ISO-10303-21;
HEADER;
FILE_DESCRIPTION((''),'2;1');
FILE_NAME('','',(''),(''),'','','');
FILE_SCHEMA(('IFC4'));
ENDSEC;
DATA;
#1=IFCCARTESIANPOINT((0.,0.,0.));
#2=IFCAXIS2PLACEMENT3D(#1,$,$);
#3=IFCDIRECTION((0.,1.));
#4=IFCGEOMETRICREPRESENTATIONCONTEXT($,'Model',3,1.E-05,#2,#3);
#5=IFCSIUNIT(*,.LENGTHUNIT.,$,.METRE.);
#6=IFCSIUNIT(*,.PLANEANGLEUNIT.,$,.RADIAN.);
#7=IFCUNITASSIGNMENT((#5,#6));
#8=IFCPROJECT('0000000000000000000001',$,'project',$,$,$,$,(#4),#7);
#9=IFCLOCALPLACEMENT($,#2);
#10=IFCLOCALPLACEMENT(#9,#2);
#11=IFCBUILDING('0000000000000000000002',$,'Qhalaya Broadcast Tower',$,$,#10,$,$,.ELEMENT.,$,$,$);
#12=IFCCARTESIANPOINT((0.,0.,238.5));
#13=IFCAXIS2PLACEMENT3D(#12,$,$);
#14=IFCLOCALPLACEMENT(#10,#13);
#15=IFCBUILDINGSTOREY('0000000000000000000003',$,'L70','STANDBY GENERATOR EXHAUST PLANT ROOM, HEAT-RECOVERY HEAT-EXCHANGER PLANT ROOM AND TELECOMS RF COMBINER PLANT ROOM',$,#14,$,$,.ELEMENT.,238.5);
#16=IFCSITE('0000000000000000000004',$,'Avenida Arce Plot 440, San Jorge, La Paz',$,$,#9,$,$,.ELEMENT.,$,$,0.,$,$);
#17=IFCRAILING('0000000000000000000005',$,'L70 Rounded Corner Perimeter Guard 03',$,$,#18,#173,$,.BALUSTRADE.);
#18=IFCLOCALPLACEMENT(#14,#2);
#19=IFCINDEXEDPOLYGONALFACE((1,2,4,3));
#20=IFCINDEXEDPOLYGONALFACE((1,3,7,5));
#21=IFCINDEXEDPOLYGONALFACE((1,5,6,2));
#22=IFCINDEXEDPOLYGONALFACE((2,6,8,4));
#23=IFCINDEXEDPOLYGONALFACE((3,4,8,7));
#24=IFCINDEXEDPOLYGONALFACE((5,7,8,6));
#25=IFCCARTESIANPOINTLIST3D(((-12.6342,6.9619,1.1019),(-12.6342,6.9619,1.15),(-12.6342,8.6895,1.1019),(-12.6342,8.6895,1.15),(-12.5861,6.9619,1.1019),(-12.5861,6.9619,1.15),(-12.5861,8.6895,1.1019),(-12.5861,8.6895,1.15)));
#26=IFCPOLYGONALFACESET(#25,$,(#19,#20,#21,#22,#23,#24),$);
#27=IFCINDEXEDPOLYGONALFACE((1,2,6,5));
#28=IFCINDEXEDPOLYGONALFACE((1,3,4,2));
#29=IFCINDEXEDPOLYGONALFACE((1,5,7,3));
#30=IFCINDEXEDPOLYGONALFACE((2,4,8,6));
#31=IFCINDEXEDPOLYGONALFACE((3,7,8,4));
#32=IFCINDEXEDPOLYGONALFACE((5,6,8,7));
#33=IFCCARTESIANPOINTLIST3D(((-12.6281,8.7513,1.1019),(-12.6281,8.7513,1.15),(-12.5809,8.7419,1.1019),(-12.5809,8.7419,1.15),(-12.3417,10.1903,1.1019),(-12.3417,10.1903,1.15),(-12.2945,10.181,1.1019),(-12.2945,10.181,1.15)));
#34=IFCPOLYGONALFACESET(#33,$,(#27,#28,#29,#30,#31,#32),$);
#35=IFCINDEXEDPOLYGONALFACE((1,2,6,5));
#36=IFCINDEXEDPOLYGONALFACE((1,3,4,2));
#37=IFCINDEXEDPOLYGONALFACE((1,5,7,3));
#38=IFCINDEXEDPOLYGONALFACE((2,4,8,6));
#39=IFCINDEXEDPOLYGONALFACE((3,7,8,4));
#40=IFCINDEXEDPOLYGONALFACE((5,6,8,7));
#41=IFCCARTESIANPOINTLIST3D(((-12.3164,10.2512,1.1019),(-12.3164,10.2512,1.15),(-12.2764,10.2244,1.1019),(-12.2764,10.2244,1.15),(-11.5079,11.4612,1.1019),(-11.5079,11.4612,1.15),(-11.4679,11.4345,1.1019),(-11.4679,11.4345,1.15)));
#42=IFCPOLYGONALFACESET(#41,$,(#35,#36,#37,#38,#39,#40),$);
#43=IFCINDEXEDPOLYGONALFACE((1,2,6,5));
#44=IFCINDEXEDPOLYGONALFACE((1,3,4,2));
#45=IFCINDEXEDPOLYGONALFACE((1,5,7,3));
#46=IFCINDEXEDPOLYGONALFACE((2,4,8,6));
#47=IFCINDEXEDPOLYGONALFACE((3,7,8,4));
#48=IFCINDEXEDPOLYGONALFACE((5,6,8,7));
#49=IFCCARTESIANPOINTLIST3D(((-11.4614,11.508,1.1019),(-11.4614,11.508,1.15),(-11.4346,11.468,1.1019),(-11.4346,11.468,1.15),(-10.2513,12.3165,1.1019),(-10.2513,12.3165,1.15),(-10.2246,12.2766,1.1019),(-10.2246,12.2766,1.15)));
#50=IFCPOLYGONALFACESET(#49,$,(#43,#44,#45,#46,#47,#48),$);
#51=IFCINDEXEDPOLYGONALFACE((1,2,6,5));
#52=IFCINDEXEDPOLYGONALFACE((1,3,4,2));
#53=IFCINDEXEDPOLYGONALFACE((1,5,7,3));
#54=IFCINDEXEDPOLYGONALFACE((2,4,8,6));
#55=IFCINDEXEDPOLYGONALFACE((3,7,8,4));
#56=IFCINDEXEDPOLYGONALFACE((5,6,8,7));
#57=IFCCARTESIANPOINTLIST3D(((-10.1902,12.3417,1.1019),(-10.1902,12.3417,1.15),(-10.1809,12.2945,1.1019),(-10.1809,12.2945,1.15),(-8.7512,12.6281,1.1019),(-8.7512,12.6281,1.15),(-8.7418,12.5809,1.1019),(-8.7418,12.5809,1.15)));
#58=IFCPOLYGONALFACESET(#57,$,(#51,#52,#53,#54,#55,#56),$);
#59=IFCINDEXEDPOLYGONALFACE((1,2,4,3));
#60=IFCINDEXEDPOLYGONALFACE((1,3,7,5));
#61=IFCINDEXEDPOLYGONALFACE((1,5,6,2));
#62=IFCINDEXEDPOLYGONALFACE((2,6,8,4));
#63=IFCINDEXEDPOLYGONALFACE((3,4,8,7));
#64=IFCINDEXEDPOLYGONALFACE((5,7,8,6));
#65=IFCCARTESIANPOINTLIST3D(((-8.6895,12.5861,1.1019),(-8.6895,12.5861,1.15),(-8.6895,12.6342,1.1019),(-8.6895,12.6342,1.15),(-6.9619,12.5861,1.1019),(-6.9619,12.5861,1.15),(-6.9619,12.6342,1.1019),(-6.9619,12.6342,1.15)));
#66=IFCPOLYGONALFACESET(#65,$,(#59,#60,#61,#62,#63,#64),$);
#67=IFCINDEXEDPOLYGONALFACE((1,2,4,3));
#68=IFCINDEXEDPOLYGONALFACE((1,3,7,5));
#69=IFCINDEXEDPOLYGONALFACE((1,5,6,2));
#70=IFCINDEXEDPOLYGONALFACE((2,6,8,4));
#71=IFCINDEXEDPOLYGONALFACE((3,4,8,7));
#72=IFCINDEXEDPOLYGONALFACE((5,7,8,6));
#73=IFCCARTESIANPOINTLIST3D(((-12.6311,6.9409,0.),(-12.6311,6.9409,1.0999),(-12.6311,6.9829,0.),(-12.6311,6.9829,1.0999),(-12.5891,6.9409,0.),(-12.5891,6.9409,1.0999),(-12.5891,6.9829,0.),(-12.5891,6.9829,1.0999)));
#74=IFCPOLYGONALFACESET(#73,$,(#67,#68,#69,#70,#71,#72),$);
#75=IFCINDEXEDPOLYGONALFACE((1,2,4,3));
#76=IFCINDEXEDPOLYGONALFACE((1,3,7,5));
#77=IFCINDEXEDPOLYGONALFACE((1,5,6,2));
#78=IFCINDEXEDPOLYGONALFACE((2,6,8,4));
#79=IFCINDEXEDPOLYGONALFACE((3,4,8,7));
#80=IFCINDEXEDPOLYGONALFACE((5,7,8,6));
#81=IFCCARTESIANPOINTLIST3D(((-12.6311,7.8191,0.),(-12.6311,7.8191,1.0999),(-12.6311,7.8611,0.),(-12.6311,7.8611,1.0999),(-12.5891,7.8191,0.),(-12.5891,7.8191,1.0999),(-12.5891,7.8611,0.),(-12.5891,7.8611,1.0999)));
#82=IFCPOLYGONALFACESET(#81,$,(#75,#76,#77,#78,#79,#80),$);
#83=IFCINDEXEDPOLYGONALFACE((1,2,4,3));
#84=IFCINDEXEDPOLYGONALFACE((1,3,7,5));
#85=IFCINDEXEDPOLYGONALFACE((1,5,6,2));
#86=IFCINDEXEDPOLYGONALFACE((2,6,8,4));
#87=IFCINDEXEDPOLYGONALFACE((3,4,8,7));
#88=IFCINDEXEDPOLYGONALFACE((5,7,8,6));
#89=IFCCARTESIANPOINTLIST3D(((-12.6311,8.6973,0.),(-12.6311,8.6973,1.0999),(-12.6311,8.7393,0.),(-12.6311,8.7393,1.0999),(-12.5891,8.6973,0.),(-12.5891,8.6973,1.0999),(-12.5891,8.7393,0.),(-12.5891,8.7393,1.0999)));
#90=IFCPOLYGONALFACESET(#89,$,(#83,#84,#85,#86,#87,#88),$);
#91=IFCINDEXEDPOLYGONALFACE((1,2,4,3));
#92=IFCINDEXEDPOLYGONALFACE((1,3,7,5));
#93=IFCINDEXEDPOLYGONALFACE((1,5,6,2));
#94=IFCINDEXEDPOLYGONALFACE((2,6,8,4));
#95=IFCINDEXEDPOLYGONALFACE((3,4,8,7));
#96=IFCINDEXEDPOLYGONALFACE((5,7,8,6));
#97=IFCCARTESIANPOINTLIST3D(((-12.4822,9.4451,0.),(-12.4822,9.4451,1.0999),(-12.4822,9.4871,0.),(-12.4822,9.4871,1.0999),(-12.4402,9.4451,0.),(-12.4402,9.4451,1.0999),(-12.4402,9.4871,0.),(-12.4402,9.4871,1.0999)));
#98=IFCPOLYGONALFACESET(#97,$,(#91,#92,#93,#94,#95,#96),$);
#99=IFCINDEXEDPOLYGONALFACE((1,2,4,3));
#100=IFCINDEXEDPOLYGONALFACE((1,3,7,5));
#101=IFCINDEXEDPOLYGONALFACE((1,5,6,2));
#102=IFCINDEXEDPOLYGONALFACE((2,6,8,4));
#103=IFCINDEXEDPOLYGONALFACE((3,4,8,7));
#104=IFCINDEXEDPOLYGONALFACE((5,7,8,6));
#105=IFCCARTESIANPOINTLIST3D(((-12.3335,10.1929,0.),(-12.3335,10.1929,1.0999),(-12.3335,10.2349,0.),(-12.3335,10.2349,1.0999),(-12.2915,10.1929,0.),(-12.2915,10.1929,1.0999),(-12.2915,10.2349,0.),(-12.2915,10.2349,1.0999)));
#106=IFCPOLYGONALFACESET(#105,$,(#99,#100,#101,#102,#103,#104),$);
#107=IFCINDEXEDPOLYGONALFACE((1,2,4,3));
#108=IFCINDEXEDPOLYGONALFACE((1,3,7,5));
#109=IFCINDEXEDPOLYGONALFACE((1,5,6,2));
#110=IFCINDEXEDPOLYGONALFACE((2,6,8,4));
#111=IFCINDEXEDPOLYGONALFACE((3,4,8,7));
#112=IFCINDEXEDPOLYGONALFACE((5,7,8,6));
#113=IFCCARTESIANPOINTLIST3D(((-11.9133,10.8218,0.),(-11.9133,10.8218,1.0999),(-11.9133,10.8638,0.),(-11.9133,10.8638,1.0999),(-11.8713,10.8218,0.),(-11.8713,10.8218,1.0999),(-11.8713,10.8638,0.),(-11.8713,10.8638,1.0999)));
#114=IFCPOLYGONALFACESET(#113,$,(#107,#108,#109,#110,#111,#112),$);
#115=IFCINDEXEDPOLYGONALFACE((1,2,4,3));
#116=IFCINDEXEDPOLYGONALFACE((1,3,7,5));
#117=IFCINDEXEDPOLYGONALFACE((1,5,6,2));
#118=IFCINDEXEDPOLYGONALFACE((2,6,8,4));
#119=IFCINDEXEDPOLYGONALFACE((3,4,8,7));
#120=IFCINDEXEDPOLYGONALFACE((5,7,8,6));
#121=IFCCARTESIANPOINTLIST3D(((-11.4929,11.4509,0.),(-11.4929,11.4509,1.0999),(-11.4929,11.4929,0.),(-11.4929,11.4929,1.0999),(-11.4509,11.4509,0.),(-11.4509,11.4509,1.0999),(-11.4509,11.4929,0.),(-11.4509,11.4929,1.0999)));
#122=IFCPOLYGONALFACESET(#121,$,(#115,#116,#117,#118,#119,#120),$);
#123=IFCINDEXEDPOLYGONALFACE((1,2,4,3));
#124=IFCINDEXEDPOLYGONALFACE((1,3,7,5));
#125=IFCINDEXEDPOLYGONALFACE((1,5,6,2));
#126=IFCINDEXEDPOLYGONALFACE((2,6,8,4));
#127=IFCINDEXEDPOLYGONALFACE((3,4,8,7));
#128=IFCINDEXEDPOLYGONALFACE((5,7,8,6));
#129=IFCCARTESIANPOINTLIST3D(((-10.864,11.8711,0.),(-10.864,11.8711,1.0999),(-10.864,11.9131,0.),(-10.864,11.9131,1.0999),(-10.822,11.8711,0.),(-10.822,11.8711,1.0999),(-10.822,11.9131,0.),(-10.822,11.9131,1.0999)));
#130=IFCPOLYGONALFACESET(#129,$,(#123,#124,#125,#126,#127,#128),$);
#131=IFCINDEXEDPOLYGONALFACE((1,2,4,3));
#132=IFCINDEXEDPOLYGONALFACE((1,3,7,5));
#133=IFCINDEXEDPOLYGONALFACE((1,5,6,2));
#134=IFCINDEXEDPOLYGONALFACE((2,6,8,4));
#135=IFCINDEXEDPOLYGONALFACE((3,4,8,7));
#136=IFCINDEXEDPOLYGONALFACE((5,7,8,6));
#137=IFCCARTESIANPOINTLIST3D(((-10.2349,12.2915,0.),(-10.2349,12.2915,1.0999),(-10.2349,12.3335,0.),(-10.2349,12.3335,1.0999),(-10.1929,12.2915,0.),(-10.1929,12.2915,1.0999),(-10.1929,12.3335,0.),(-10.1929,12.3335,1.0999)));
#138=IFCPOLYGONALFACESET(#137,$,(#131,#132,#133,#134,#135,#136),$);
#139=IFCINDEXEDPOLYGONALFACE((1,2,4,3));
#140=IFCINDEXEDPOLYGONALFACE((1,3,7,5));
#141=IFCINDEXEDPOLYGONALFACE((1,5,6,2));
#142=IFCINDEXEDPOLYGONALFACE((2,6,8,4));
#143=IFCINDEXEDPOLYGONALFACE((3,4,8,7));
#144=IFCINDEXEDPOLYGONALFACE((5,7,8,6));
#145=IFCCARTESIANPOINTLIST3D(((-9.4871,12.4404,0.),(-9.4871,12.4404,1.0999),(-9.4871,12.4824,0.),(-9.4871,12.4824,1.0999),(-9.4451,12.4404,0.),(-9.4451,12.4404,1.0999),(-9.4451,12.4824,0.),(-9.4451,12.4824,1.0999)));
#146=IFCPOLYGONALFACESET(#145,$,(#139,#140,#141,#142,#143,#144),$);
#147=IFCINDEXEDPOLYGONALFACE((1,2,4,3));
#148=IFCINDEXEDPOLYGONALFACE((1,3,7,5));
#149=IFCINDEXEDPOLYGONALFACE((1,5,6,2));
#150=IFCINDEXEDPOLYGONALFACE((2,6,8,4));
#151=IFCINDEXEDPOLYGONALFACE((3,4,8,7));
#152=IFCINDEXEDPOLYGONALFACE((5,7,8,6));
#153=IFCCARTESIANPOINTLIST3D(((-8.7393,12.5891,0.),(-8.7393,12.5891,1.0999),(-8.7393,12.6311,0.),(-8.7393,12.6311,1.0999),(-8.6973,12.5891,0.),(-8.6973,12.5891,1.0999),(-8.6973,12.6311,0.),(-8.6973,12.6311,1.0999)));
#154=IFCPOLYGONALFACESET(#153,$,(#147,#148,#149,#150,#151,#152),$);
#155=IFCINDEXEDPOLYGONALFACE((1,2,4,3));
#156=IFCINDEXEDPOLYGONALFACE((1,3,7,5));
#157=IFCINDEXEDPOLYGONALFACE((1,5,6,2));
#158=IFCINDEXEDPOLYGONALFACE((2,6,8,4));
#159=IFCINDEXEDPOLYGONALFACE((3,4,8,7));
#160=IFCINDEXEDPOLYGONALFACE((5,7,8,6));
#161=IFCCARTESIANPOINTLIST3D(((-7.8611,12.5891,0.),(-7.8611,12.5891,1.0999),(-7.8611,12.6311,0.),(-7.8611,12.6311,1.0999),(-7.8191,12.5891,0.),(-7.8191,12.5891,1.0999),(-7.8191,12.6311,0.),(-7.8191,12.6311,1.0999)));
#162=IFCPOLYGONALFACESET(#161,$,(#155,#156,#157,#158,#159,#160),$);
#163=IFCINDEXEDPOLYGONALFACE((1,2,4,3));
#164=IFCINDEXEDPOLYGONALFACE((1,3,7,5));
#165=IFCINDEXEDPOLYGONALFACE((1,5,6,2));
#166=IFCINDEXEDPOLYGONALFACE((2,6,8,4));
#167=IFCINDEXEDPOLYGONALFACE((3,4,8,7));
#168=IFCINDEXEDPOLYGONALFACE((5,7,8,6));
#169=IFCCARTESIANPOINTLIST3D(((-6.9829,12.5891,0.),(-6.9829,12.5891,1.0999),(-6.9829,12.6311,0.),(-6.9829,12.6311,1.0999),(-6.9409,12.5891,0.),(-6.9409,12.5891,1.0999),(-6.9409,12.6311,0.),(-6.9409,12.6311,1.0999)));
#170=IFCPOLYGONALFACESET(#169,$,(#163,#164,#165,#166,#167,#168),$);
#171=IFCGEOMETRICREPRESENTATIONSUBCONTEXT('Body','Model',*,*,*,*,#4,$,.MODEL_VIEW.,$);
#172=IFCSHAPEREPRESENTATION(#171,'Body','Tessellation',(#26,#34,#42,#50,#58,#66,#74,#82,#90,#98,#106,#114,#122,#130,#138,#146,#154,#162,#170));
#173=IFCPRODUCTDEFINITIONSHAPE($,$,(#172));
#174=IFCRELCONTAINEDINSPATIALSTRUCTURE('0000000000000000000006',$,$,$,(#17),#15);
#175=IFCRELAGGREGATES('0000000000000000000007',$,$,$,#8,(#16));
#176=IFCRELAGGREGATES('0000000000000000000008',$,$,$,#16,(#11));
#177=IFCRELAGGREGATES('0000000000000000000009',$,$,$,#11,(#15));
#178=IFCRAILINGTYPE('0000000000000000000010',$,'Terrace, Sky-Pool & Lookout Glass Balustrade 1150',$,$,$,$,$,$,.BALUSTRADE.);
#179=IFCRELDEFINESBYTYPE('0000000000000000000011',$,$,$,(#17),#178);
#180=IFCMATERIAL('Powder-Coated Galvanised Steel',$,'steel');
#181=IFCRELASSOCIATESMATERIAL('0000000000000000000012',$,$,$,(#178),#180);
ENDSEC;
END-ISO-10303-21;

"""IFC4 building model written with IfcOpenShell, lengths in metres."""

from ifc_helpers import new_model, si_unit, direction, frame, origin, origin_2d, place, context, subcontext, project, spatial, rectangle, extrude, material, type_object, element, save


model = new_model("IFC4")

# Units and contexts
model_context = context("Model", 3, precision=1e-05, world=origin(), true_north=direction((0.0, 1.0)))
body_context = subcontext(model_context, "Body", "Model", "MODEL_VIEW")
ifc_project = project(units=[si_unit("LENGTHUNIT", "METRE"), si_unit("PLANEANGLEUNIT", "RADIAN")], contexts=[model_context])

# Site, building, storey
site_placement = place(None, origin())
site = spatial("IfcSite", under=ifc_project, at=site_placement, Name="Avenida Arce Plot 440, San Jorge, La Paz", CompositionType="ELEMENT", RefElevation=0.0)
building_placement = place(site_placement, origin())
building = spatial("IfcBuilding", under=site, at=building_placement, Name="Qhalaya Broadcast Tower", CompositionType="ELEMENT")
storey_placement = place(building_placement, frame((0.0, 0.0, 238.5)))
storey = spatial("IfcBuildingStorey", under=building, at=storey_placement, Name="L70", Description="STANDBY GENERATOR EXHAUST PLANT ROOM, HEAT-RECOVERY HEAT-EXCHANGER PLANT ROOM AND TELECOMS RF COMBINER PLANT ROOM", CompositionType="ELEMENT", Elevation=238.5)

# Railing
ifc_material_1 = material(Name="Powder-Coated Galvanised Steel", Category="steel")
railing_type = type_object("IfcRailingType", Name="Terrace, Sky-Pool & Lookout Glass Balustrade 1150", PredefinedType="BALUSTRADE", material=ifc_material_1)
railing_placement = place(storey_placement, frame((-12.6101, 6.9619, 0.0)))
element("IfcRailing", 1, at=railing_placement, inside=storey, type_object=railing_type, Name="L70 Rounded Corner Perimeter Guard 03", PredefinedType="BALUSTRADE", context=body_context, shape_type="SweptSolid", body=[
    extrude(rectangle(XDim=0.0481, YDim=0.0481, at=origin_2d()), frame((0.0, 0.0, 1.126), z_axis=(0.0, 1.0, 0.0), x_axis=(-1.0, 0.0, 0.0)), (0.0, 0.0, 1.0), 1.7275),
    extrude(rectangle(XDim=0.0481, YDim=0.0481, at=origin_2d()), frame((0.0056, 1.7847, 1.126), z_axis=(0.195162, 0.980771, 0.0), x_axis=(-0.980771, 0.195162, 0.0)), (0.0, 0.0, 1.0), 1.4673),
    extrude(rectangle(XDim=0.0481, YDim=0.0481, at=origin_2d()), frame((0.3137, 3.2759, 1.126), z_axis=(0.555556, 0.831479, 0.0), x_axis=(-0.831479, 0.555556, 0.0)), (0.0, 0.0, 1.0), 1.4553),
    extrude(rectangle(XDim=0.0481, YDim=0.0481, at=origin_2d()), frame((1.1621, 4.5261, 1.126), z_axis=(0.831479, 0.555556, 0.0), x_axis=(-0.555556, 0.831479, 0.0)), (0.0, 0.0, 1.0), 1.4553),
    extrude(rectangle(XDim=0.0481, YDim=0.0481, at=origin_2d()), frame((2.4246, 5.3562, 1.126), z_axis=(0.980771, 0.195162, 0.0), x_axis=(-0.195162, 0.980771, 0.0)), (0.0, 0.0, 1.0), 1.4673),
    extrude(rectangle(XDim=0.0481, YDim=0.0481, at=origin_2d()), frame((3.9207, 5.6482, 1.126), z_axis=(1.0, 0.0, 0.0), x_axis=(0.0, 1.0, 0.0)), (0.0, 0.0, 1.0), 1.7275),
    extrude(rectangle(XDim=0.042, YDim=0.042, at=origin_2d()), origin(), (0.0, 0.0, 1.0), 1.0999),
    extrude(rectangle(XDim=0.042, YDim=0.042, at=origin_2d()), frame((0.0, 0.8782, 0.0)), (0.0, 0.0, 1.0), 1.0999),
    extrude(rectangle(XDim=0.042, YDim=0.042, at=origin_2d()), frame((0.0, 1.7563, 0.0)), (0.0, 0.0, 1.0), 1.0999),
    extrude(rectangle(XDim=0.042, YDim=0.042, at=origin_2d()), frame((0.1489, 2.5042, 0.0)), (0.0, 0.0, 1.0), 1.0999),
    extrude(rectangle(XDim=0.042, YDim=0.042, at=origin_2d()), frame((0.2976, 3.252, 0.0)), (0.0, 0.0, 1.0), 1.0999),
    extrude(rectangle(XDim=0.042, YDim=0.042, at=origin_2d()), frame((0.7178, 3.8809, 0.0)), (0.0, 0.0, 1.0), 1.0999),
    extrude(rectangle(XDim=0.042, YDim=0.042, at=origin_2d()), frame((1.1382, 4.51, 0.0)), (0.0, 0.0, 1.0), 1.0999),
    extrude(rectangle(XDim=0.042, YDim=0.042, at=origin_2d()), frame((1.7671, 4.9302, 0.0)), (0.0, 0.0, 1.0), 1.0999),
    extrude(rectangle(XDim=0.042, YDim=0.042, at=origin_2d()), frame((2.3962, 5.3506, 0.0)), (0.0, 0.0, 1.0), 1.0999),
    extrude(rectangle(XDim=0.042, YDim=0.042, at=origin_2d()), frame((3.144, 5.4995, 0.0)), (0.0, 0.0, 1.0), 1.0999),
    extrude(rectangle(XDim=0.042, YDim=0.042, at=origin_2d()), frame((3.8918, 5.6482, 0.0)), (0.0, 0.0, 1.0), 1.0999),
    extrude(rectangle(XDim=0.042, YDim=0.042, at=origin_2d()), frame((4.77, 5.6482, 0.0)), (0.0, 0.0, 1.0), 1.0999),
    extrude(rectangle(XDim=0.042, YDim=0.042, at=origin_2d()), frame((5.6482, 5.6482, 0.0)), (0.0, 0.0, 1.0), 1.0999),
])

save(model, "model.ifc")
